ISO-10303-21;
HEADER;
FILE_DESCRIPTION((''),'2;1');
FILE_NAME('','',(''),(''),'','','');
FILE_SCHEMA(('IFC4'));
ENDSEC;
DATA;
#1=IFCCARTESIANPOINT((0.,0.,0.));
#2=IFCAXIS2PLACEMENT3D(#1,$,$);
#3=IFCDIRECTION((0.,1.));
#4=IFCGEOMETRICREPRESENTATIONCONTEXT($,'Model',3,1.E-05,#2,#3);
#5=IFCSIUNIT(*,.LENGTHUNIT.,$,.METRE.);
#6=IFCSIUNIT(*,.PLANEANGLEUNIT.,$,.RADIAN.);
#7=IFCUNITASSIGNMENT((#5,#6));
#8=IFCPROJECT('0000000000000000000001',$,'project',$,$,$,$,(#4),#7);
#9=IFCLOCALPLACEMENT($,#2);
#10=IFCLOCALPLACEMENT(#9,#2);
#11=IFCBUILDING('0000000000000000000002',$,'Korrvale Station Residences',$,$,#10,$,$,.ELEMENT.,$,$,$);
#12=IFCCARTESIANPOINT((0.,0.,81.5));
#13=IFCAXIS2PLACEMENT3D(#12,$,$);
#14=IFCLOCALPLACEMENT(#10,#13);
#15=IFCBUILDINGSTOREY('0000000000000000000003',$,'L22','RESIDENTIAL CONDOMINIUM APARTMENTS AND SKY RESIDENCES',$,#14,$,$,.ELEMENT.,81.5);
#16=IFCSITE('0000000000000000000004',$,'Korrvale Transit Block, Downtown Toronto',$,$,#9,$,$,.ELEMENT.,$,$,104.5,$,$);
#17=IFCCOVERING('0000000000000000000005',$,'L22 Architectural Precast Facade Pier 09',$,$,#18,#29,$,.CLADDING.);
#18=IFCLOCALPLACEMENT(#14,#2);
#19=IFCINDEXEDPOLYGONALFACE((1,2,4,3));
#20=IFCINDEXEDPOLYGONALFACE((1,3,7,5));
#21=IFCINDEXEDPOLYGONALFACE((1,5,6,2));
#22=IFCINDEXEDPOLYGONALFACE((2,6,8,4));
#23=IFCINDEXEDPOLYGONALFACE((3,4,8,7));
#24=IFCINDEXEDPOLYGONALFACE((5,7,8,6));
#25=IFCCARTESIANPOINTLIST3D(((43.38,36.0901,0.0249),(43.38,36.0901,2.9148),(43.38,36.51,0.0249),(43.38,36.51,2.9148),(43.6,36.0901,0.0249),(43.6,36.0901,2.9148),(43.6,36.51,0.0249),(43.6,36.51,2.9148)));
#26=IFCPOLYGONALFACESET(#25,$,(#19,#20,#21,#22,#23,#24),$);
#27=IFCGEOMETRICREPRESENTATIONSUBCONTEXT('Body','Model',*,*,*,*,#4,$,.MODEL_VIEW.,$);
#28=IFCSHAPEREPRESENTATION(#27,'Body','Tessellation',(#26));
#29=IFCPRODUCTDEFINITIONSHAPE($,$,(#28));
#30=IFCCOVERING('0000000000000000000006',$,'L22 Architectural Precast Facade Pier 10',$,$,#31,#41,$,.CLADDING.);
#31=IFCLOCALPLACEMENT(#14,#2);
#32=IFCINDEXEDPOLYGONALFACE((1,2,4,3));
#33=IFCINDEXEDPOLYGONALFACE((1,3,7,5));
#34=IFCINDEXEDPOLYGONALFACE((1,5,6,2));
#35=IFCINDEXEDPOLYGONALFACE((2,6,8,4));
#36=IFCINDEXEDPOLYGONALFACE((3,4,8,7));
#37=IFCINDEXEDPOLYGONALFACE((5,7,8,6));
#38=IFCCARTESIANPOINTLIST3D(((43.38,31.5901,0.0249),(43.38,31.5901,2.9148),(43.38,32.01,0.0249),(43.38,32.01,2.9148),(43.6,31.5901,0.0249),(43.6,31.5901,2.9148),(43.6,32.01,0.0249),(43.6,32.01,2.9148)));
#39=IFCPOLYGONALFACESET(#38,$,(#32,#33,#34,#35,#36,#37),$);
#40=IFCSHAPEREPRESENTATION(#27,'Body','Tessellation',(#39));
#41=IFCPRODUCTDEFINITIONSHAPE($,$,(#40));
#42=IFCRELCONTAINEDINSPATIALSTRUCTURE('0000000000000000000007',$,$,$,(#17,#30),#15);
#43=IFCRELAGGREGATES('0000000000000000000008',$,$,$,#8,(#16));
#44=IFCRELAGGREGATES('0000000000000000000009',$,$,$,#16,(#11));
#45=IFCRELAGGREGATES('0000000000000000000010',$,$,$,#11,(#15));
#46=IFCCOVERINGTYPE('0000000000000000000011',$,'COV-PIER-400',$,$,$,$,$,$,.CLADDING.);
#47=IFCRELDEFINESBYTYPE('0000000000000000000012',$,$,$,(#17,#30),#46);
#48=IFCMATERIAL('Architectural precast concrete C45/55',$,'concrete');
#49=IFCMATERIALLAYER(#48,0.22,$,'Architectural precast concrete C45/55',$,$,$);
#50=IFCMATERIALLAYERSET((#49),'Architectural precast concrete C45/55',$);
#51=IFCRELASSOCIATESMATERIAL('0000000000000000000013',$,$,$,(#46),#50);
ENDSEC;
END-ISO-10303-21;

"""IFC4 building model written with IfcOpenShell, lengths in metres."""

from ifc_helpers import new_model, si_unit, direction, frame, origin, origin_2d, place, context, subcontext, project, spatial, rectangle, extrude, material, layer, layer_set, type_object, element, save


model = new_model("IFC4")

# Units and contexts
model_context = context("Model", 3, precision=1e-05, world=origin(), true_north=direction((0.0, 1.0)))
body_context = subcontext(model_context, "Body", "Model", "MODEL_VIEW")
ifc_project = project(units=[si_unit("LENGTHUNIT", "METRE"), si_unit("PLANEANGLEUNIT", "RADIAN")], contexts=[model_context])

# Site, building, storey
site_placement = place(None, origin())
site = spatial("IfcSite", under=ifc_project, at=site_placement, Name="Korrvale Transit Block, Downtown Toronto", CompositionType="ELEMENT", RefElevation=104.5)
building_placement = place(site_placement, origin())
building = spatial("IfcBuilding", under=site, at=building_placement, Name="Korrvale Station Residences", CompositionType="ELEMENT")
storey_placement = place(building_placement, frame((0.0, 0.0, 81.5)))
storey = spatial("IfcBuildingStorey", under=building, at=storey_placement, Name="L22", Description="RESIDENTIAL CONDOMINIUM APARTMENTS AND SKY RESIDENCES", CompositionType="ELEMENT", Elevation=81.5)

# Coverings
ifc_material_1 = material(Name="Architectural precast concrete C45/55", Category="concrete")
ifc_layer_1 = layer(ifc_material_1, 0.22, Name="Architectural precast concrete C45/55")
ifc_layer_set_1 = layer_set([ifc_layer_1], Name="Architectural precast concrete C45/55")
covering_type = type_object("IfcCoveringType", Name="COV-PIER-400", PredefinedType="CLADDING", material=ifc_layer_set_1)
for number, where, z_axis, x_axis, name in (
    (1, (43.49, 36.3, 0.0249), (0.0, 0.0, 1.0), (0.0, 1.0, 0.0), "L22 Architectural Precast Facade Pier 09"),
    (2, (43.49, 31.8, 0.0249), (0.0, 0.0, 1.0), (0.0, 1.0, 0.0), "L22 Architectural Precast Facade Pier 10"),
):
    element("IfcCovering", number, at=place(storey_placement, frame(where, z_axis=z_axis, x_axis=x_axis)), inside=storey, type_object=covering_type, Name=name, PredefinedType="CLADDING", context=body_context, shape_type="SweptSolid", body=[
        extrude(rectangle(XDim=0.4199, YDim=0.22, at=origin_2d()), origin(), (0.0, 0.0, 1.0), 2.8899),
    ])

save(model, "model.ifc")
